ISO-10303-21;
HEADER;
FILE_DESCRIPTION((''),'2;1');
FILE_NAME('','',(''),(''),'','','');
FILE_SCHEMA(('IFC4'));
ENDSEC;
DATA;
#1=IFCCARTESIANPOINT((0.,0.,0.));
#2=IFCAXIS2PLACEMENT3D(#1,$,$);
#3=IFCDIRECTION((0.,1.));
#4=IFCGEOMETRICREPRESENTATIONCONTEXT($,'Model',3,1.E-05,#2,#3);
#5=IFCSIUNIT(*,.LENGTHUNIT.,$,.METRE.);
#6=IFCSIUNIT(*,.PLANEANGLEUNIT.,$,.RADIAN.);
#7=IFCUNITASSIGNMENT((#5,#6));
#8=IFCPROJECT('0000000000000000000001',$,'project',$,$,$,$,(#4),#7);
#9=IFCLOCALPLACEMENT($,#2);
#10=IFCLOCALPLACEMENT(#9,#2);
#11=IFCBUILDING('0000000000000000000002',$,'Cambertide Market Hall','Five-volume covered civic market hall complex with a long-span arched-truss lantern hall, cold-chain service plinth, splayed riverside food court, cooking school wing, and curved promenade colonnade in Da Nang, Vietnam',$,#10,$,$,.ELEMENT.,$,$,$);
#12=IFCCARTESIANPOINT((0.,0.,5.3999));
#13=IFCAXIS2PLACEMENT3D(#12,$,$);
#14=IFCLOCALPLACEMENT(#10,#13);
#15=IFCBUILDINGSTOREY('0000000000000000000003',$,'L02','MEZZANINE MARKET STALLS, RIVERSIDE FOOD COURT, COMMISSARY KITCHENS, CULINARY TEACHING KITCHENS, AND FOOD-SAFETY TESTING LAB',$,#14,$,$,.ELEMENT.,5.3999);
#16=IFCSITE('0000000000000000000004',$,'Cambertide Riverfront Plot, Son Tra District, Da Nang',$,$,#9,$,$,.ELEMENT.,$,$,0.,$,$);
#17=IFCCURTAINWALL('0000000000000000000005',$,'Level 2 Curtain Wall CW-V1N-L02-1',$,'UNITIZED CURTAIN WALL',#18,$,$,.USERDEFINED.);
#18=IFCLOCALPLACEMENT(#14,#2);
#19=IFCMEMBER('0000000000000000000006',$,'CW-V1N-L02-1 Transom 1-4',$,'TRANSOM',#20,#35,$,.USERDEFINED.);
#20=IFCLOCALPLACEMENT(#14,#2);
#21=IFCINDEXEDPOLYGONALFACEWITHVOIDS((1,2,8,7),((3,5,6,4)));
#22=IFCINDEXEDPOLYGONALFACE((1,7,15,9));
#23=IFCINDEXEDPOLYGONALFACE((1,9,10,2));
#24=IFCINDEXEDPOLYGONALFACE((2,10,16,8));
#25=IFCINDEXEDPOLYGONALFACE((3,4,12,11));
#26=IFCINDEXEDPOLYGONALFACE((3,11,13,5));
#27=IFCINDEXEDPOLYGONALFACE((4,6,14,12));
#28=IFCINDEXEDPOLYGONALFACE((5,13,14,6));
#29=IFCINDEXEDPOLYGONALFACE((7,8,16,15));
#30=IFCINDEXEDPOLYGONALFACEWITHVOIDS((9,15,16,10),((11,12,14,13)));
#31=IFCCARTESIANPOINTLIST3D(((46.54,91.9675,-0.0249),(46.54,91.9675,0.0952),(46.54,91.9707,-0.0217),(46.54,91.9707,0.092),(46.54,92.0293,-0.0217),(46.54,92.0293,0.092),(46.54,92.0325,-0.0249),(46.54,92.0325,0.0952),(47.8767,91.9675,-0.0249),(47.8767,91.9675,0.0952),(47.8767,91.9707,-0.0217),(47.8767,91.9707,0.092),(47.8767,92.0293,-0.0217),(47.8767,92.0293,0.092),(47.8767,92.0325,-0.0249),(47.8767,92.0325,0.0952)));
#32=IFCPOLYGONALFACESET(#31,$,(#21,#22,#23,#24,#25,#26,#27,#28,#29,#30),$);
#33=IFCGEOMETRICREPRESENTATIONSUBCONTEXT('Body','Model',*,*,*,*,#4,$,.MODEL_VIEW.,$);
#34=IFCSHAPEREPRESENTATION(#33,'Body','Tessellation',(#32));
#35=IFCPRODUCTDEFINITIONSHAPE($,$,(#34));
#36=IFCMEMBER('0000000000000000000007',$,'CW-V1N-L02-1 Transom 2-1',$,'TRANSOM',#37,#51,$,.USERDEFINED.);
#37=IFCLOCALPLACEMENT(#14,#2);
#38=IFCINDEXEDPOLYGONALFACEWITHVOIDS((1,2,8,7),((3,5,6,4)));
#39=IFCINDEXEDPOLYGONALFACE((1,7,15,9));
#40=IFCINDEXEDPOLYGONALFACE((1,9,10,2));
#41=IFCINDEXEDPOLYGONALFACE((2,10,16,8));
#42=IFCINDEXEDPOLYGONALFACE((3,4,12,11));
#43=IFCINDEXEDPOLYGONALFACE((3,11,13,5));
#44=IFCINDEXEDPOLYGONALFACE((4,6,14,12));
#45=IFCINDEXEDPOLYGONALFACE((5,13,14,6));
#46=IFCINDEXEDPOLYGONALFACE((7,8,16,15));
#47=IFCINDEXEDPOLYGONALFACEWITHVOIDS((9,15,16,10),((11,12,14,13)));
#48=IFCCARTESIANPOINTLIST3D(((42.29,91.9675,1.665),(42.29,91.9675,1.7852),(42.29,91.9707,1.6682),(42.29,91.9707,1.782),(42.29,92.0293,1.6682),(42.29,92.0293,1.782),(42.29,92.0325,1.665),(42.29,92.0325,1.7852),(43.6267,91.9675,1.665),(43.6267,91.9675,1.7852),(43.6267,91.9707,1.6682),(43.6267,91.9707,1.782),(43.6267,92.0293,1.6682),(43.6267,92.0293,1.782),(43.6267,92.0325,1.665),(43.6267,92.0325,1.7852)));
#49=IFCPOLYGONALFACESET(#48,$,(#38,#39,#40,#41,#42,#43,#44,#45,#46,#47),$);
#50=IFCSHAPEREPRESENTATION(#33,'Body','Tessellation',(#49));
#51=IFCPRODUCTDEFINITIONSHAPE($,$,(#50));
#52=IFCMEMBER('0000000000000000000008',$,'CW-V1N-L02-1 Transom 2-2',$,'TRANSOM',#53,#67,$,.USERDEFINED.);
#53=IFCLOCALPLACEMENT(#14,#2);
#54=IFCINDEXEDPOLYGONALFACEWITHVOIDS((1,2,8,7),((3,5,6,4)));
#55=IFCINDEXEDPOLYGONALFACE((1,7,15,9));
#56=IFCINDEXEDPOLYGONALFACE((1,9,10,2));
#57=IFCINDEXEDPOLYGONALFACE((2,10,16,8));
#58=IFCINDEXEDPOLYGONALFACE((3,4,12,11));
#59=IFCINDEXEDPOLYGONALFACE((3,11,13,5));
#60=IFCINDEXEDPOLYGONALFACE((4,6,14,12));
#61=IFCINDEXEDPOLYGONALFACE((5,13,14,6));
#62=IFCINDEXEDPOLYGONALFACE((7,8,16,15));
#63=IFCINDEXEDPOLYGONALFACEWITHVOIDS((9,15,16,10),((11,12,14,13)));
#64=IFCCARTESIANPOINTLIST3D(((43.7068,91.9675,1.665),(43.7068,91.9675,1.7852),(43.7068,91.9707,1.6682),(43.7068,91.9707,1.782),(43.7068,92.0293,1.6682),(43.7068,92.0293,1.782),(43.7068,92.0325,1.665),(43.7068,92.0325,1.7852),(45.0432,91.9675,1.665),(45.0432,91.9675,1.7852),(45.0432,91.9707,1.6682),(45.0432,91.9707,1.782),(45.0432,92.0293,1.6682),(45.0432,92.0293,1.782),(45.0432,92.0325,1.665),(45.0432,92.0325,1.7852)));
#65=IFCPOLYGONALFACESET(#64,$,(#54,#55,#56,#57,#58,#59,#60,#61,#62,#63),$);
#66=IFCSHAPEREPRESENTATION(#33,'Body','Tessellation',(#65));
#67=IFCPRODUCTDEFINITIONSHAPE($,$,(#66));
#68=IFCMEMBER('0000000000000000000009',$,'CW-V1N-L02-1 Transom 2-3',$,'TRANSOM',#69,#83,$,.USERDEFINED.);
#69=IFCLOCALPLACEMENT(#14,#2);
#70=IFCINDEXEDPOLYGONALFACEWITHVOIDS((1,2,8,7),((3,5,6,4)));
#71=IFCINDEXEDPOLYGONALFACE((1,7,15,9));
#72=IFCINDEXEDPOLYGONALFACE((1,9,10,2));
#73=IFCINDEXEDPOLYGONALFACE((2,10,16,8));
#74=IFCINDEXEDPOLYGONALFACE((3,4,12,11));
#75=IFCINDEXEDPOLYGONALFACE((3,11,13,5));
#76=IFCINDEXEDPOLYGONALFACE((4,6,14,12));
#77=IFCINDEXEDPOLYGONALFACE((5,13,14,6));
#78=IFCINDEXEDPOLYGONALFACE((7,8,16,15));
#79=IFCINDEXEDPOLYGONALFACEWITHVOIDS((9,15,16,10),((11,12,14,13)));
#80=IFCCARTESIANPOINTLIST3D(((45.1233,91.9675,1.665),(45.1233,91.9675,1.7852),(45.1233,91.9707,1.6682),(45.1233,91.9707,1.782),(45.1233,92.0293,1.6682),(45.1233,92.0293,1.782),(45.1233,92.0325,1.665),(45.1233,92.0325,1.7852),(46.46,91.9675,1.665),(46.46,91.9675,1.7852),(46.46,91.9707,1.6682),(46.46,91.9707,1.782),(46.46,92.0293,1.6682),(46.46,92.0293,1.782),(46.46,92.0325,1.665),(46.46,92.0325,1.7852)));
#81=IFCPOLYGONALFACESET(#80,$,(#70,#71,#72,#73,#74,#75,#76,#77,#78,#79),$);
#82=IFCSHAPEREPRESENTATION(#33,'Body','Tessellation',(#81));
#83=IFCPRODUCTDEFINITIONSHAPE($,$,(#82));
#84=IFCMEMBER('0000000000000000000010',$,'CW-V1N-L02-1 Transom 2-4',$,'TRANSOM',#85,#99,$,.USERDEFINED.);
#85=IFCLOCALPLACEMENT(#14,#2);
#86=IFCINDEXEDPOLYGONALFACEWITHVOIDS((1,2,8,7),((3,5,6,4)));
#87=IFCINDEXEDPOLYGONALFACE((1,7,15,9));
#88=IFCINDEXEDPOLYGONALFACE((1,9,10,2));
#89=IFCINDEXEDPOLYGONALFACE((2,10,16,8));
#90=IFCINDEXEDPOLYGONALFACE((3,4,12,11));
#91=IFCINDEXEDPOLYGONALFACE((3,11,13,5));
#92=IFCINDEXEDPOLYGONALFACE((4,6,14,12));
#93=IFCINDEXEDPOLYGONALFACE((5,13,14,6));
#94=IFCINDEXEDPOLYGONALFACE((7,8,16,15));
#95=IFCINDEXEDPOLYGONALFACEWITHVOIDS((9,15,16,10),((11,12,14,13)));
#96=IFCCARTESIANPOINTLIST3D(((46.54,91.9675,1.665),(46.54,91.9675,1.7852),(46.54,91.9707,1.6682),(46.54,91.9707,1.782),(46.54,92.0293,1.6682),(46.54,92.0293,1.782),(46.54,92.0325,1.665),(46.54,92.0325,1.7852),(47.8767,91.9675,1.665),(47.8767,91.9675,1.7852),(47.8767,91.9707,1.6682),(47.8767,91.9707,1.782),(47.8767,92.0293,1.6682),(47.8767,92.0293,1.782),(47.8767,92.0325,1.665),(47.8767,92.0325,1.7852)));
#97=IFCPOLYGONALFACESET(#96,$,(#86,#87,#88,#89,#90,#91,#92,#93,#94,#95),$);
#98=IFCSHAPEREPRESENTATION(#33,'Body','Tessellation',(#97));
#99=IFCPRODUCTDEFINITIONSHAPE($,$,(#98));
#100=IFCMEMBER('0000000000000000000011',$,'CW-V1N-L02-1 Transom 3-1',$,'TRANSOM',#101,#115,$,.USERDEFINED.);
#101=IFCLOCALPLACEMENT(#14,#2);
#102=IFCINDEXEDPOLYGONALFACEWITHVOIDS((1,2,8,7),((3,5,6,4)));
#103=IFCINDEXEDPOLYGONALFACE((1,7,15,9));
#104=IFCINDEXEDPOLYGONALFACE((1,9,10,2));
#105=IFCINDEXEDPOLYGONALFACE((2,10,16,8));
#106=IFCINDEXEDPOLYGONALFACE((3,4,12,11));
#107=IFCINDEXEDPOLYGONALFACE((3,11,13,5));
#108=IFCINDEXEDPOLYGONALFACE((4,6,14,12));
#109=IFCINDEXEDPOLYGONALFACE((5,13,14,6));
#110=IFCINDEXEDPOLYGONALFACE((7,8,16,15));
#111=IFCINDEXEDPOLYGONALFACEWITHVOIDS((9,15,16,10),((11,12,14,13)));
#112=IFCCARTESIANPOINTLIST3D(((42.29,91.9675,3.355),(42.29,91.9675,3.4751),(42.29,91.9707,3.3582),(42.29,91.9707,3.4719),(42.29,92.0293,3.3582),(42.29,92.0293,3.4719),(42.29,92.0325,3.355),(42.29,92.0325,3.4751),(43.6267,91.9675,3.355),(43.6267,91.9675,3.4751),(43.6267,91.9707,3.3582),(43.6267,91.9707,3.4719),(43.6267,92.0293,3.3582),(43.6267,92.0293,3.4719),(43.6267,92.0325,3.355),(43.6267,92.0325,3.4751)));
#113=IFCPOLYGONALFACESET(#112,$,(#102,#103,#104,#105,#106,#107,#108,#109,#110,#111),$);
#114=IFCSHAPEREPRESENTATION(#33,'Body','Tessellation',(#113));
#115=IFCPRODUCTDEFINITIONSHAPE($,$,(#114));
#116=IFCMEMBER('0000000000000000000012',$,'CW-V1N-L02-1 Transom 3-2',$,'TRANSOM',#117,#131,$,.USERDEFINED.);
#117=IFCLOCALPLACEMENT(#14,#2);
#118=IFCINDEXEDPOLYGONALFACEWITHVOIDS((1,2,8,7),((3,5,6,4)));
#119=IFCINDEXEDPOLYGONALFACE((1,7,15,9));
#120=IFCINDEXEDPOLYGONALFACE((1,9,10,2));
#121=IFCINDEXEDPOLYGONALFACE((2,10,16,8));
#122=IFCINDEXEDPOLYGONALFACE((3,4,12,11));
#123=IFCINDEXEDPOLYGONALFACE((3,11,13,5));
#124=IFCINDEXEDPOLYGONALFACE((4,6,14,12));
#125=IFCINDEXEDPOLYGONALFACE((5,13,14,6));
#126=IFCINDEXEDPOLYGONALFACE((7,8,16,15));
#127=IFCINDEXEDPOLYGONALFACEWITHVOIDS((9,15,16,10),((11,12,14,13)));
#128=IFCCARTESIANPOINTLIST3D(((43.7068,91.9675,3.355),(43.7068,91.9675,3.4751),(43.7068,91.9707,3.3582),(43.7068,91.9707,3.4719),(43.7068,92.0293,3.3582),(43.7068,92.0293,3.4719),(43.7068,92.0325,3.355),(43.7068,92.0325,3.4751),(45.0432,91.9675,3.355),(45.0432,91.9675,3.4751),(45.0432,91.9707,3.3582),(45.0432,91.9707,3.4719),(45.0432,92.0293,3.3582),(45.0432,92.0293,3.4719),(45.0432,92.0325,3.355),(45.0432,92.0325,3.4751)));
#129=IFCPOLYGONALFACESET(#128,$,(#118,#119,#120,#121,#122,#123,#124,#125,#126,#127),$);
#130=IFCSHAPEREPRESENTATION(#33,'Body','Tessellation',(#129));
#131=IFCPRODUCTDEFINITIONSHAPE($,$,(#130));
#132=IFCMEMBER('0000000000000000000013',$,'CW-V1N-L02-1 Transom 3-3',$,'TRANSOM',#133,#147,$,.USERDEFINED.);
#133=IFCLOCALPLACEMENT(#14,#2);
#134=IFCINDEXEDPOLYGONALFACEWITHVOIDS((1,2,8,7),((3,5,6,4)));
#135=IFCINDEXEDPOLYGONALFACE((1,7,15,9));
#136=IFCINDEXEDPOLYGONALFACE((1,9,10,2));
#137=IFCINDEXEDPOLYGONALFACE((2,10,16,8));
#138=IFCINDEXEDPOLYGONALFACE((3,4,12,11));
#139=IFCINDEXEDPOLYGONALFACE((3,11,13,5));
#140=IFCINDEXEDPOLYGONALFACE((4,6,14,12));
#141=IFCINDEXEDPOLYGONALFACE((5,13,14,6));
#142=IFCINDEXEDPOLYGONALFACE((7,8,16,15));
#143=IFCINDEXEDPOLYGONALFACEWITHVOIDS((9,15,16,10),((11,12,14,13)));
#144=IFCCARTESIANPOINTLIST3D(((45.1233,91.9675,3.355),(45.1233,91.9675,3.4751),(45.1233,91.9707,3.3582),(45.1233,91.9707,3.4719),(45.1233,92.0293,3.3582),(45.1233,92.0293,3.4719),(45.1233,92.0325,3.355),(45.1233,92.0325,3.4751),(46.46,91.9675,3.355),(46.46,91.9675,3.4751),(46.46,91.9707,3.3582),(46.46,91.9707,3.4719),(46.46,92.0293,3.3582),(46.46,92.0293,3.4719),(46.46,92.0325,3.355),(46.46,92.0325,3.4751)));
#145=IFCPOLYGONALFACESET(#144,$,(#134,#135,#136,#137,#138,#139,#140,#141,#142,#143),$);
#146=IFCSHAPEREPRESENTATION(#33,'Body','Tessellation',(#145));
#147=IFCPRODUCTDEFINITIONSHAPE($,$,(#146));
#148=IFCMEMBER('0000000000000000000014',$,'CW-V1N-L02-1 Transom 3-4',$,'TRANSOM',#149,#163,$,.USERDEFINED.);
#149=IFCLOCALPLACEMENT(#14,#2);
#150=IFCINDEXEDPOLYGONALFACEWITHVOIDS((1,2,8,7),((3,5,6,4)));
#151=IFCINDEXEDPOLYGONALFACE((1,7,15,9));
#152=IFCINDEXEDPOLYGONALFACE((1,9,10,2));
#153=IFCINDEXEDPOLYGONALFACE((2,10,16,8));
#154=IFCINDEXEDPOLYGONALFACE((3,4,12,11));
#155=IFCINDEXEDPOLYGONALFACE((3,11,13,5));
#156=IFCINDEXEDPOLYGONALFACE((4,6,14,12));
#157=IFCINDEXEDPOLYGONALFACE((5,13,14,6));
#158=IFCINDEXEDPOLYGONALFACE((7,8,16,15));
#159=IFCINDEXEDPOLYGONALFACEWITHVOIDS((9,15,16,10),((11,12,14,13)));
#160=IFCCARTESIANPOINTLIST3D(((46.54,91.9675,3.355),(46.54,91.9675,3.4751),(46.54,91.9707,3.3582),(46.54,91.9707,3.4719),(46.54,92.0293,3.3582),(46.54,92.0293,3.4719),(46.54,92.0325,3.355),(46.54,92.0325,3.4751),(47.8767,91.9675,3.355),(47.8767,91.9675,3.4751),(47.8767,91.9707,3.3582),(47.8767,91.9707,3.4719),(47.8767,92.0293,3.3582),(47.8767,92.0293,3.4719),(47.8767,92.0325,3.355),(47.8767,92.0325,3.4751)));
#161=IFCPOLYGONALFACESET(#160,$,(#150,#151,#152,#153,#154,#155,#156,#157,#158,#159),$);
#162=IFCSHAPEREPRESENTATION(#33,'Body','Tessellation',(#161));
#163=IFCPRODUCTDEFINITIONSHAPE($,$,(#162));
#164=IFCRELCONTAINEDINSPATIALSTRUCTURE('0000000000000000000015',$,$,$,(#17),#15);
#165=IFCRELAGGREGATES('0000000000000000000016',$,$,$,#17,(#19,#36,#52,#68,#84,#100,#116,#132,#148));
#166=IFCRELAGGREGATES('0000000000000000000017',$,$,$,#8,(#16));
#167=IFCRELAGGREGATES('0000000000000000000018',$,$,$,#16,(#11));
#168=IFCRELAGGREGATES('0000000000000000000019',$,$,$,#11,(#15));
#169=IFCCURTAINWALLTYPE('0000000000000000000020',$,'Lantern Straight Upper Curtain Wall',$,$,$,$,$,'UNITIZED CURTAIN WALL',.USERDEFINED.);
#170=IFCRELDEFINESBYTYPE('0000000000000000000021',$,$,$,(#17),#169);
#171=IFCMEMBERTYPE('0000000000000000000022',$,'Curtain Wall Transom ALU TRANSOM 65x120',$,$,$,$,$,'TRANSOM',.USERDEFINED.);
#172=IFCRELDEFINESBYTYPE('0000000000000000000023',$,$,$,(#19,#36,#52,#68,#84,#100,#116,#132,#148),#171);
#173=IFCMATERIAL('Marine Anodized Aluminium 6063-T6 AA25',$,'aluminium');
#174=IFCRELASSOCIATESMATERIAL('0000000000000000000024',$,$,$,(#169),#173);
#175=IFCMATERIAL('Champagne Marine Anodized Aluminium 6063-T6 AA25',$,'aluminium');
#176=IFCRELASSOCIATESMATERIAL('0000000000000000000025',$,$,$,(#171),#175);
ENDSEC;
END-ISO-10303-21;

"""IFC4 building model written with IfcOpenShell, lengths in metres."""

from ifc_helpers import new_model, si_unit, direction, frame, origin, origin_2d, place, context, subcontext, project, spatial, hollow_rectangle, extrude, material, material_profile, profile_set, type_object, element, aggregate, save


model = new_model("IFC4")

# Units and contexts
model_context = context("Model", 3, precision=1e-05, world=origin(), true_north=direction((0.0, 1.0)))
body_context = subcontext(model_context, "Body", "Model", "MODEL_VIEW")
ifc_project = project(units=[si_unit("LENGTHUNIT", "METRE"), si_unit("PLANEANGLEUNIT", "RADIAN")], contexts=[model_context])

# Site, building, storey
site_placement = place(None, origin())
site = spatial("IfcSite", under=ifc_project, at=site_placement, Name="Cambertide Riverfront Plot, Son Tra District, Da Nang", CompositionType="ELEMENT", RefElevation=0.0)
building_placement = place(site_placement, origin())
building = spatial("IfcBuilding", under=site, at=building_placement, Name="Cambertide Market Hall", Description="Five-volume covered civic market hall complex with a long-span arched-truss lantern hall, cold-chain service plinth, splayed riverside food court, cooking school wing, and curved promenade colonnade in Da Nang, Vietnam", CompositionType="ELEMENT")
storey_placement = place(building_placement, frame((0.0, 0.0, 5.3999)))
storey = spatial("IfcBuildingStorey", under=building, at=storey_placement, Name="L02", Description="MEZZANINE MARKET STALLS, RIVERSIDE FOOD COURT, COMMISSARY KITCHENS, CULINARY TEACHING KITCHENS, AND FOOD-SAFETY TESTING LAB", CompositionType="ELEMENT", Elevation=5.3999)

# Curtain wall, members
ifc_material_1 = material(Name="Marine Anodized Aluminium 6063-T6 AA25", Category="aluminium")
curtain_wall_type_1 = type_object("IfcCurtainWallType", Name="Lantern Straight Upper Curtain Wall", ElementType="UNITIZED CURTAIN WALL", PredefinedType="USERDEFINED", material=ifc_material_1)
curtain_wall_1_placement = place(storey_placement, origin())
curtain_wall_1 = element("IfcCurtainWall", 1, at=curtain_wall_1_placement, inside=storey, type_object=curtain_wall_type_1, Name="Level 2 Curtain Wall CW-V1N-L02-1", ObjectType="UNITIZED CURTAIN WALL", PredefinedType="USERDEFINED")
ifc_material_2 = material(Name="Champagne Marine Anodized Aluminium 6063-T6 AA25", Category="aluminium")
ifc_material_profile_1 = material_profile(ifc_material_2, hollow_rectangle(XDim=0.0649, YDim=0.1201, WallThickness=0.0032, at=origin_2d()), Name="ALU TRANSOM 65x120")
ifc_profile_set_1 = profile_set([ifc_material_profile_1], Name="Champagne Marine Anodized Aluminium 6063-T6 AA25")
member_type_1 = type_object("IfcMemberType", Name="Curtain Wall Transom ALU TRANSOM 65x120", ElementType="TRANSOM", PredefinedType="USERDEFINED", material=ifc_profile_set_1)
member_1_placement = place(storey_placement, frame((46.54, 92.0, 0.0352), z_axis=(1.0, 0.0, 0.0), x_axis=(0.0, 1.0, 0.0)))
member_1 = element("IfcMember", 2, at=member_1_placement, type_object=member_type_1, Name="CW-V1N-L02-1 Transom 1-4", ObjectType="TRANSOM", PredefinedType="USERDEFINED", context=body_context, shape_type="SweptSolid", body=[
    extrude(hollow_rectangle(XDim=0.0649, YDim=0.1201, WallThickness=0.0032, at=origin_2d()), origin(), (0.0, 0.0, 1.0), 1.3367),
])
member_2_placement = place(storey_placement, frame((42.29, 92.0, 1.7251), z_axis=(1.0, 0.0, 0.0), x_axis=(0.0, 1.0, 0.0)))
member_2 = element("IfcMember", 3, at=member_2_placement, type_object=member_type_1, Name="CW-V1N-L02-1 Transom 2-1", ObjectType="TRANSOM", PredefinedType="USERDEFINED", context=body_context, shape_type="SweptSolid", body=[
    extrude(hollow_rectangle(XDim=0.0649, YDim=0.1201, WallThickness=0.0032, at=origin_2d()), origin(), (0.0, 0.0, 1.0), 1.3367),
])
member_3_placement = place(storey_placement, frame((43.7068, 92.0, 1.7251), z_axis=(1.0, 0.0, 0.0), x_axis=(0.0, 1.0, 0.0)))
member_3 = element("IfcMember", 4, at=member_3_placement, type_object=member_type_1, Name="CW-V1N-L02-1 Transom 2-2", ObjectType="TRANSOM", PredefinedType="USERDEFINED", context=body_context, shape_type="SweptSolid", body=[
    extrude(hollow_rectangle(XDim=0.0649, YDim=0.1201, WallThickness=0.0032, at=origin_2d()), origin(), (0.0, 0.0, 1.0), 1.3364),
])
member_4_placement = place(storey_placement, frame((45.1233, 92.0, 1.7251), z_axis=(1.0, 0.0, 0.0), x_axis=(0.0, 1.0, 0.0)))
member_4 = element("IfcMember", 5, at=member_4_placement, type_object=member_type_1, Name="CW-V1N-L02-1 Transom 2-3", ObjectType="TRANSOM", PredefinedType="USERDEFINED", context=body_context, shape_type="SweptSolid", body=[
    extrude(hollow_rectangle(XDim=0.0649, YDim=0.1201, WallThickness=0.0032, at=origin_2d()), origin(), (0.0, 0.0, 1.0), 1.3367),
])
member_5_placement = place(storey_placement, frame((46.54, 92.0, 1.7251), z_axis=(1.0, 0.0, 0.0), x_axis=(0.0, 1.0, 0.0)))
member_5 = element("IfcMember", 6, at=member_5_placement, type_object=member_type_1, Name="CW-V1N-L02-1 Transom 2-4", ObjectType="TRANSOM", PredefinedType="USERDEFINED", context=body_context, shape_type="SweptSolid", body=[
    extrude(hollow_rectangle(XDim=0.0649, YDim=0.1201, WallThickness=0.0032, at=origin_2d()), origin(), (0.0, 0.0, 1.0), 1.3367),
])
member_6_placement = place(storey_placement, frame((42.29, 92.0, 3.415), z_axis=(1.0, 0.0, 0.0), x_axis=(0.0, 1.0, 0.0)))
member_6 = element("IfcMember", 7, at=member_6_placement, type_object=member_type_1, Name="CW-V1N-L02-1 Transom 3-1", ObjectType="TRANSOM", PredefinedType="USERDEFINED", context=body_context, shape_type="SweptSolid", body=[
    extrude(hollow_rectangle(XDim=0.0649, YDim=0.1201, WallThickness=0.0032, at=origin_2d()), origin(), (0.0, 0.0, 1.0), 1.3367),
])
member_7_placement = place(storey_placement, frame((43.7068, 92.0, 3.415), z_axis=(1.0, 0.0, 0.0), x_axis=(0.0, 1.0, 0.0)))
member_7 = element("IfcMember", 8, at=member_7_placement, type_object=member_type_1, Name="CW-V1N-L02-1 Transom 3-2", ObjectType="TRANSOM", PredefinedType="USERDEFINED", context=body_context, shape_type="SweptSolid", body=[
    extrude(hollow_rectangle(XDim=0.0649, YDim=0.1201, WallThickness=0.0032, at=origin_2d()), origin(), (0.0, 0.0, 1.0), 1.3364),
])
member_8_placement = place(storey_placement, frame((45.1233, 92.0, 3.415), z_axis=(1.0, 0.0, 0.0), x_axis=(0.0, 1.0, 0.0)))
member_8 = element("IfcMember", 9, at=member_8_placement, type_object=member_type_1, Name="CW-V1N-L02-1 Transom 3-3", ObjectType="TRANSOM", PredefinedType="USERDEFINED", context=body_context, shape_type="SweptSolid", body=[
    extrude(hollow_rectangle(XDim=0.0649, YDim=0.1201, WallThickness=0.0032, at=origin_2d()), origin(), (0.0, 0.0, 1.0), 1.3367),
])
member_9_placement = place(storey_placement, frame((46.54, 92.0, 3.415), z_axis=(1.0, 0.0, 0.0), x_axis=(0.0, 1.0, 0.0)))
member_9 = element("IfcMember", 10, at=member_9_placement, type_object=member_type_1, Name="CW-V1N-L02-1 Transom 3-4", ObjectType="TRANSOM", PredefinedType="USERDEFINED", context=body_context, shape_type="SweptSolid", body=[
    extrude(hollow_rectangle(XDim=0.0649, YDim=0.1201, WallThickness=0.0032, at=origin_2d()), origin(), (0.0, 0.0, 1.0), 1.3367),
])

aggregate(curtain_wall_1, [member_1, member_2, member_3, member_4, member_5, member_6, member_7, member_8, member_9])

save(model, "model.ifc")
